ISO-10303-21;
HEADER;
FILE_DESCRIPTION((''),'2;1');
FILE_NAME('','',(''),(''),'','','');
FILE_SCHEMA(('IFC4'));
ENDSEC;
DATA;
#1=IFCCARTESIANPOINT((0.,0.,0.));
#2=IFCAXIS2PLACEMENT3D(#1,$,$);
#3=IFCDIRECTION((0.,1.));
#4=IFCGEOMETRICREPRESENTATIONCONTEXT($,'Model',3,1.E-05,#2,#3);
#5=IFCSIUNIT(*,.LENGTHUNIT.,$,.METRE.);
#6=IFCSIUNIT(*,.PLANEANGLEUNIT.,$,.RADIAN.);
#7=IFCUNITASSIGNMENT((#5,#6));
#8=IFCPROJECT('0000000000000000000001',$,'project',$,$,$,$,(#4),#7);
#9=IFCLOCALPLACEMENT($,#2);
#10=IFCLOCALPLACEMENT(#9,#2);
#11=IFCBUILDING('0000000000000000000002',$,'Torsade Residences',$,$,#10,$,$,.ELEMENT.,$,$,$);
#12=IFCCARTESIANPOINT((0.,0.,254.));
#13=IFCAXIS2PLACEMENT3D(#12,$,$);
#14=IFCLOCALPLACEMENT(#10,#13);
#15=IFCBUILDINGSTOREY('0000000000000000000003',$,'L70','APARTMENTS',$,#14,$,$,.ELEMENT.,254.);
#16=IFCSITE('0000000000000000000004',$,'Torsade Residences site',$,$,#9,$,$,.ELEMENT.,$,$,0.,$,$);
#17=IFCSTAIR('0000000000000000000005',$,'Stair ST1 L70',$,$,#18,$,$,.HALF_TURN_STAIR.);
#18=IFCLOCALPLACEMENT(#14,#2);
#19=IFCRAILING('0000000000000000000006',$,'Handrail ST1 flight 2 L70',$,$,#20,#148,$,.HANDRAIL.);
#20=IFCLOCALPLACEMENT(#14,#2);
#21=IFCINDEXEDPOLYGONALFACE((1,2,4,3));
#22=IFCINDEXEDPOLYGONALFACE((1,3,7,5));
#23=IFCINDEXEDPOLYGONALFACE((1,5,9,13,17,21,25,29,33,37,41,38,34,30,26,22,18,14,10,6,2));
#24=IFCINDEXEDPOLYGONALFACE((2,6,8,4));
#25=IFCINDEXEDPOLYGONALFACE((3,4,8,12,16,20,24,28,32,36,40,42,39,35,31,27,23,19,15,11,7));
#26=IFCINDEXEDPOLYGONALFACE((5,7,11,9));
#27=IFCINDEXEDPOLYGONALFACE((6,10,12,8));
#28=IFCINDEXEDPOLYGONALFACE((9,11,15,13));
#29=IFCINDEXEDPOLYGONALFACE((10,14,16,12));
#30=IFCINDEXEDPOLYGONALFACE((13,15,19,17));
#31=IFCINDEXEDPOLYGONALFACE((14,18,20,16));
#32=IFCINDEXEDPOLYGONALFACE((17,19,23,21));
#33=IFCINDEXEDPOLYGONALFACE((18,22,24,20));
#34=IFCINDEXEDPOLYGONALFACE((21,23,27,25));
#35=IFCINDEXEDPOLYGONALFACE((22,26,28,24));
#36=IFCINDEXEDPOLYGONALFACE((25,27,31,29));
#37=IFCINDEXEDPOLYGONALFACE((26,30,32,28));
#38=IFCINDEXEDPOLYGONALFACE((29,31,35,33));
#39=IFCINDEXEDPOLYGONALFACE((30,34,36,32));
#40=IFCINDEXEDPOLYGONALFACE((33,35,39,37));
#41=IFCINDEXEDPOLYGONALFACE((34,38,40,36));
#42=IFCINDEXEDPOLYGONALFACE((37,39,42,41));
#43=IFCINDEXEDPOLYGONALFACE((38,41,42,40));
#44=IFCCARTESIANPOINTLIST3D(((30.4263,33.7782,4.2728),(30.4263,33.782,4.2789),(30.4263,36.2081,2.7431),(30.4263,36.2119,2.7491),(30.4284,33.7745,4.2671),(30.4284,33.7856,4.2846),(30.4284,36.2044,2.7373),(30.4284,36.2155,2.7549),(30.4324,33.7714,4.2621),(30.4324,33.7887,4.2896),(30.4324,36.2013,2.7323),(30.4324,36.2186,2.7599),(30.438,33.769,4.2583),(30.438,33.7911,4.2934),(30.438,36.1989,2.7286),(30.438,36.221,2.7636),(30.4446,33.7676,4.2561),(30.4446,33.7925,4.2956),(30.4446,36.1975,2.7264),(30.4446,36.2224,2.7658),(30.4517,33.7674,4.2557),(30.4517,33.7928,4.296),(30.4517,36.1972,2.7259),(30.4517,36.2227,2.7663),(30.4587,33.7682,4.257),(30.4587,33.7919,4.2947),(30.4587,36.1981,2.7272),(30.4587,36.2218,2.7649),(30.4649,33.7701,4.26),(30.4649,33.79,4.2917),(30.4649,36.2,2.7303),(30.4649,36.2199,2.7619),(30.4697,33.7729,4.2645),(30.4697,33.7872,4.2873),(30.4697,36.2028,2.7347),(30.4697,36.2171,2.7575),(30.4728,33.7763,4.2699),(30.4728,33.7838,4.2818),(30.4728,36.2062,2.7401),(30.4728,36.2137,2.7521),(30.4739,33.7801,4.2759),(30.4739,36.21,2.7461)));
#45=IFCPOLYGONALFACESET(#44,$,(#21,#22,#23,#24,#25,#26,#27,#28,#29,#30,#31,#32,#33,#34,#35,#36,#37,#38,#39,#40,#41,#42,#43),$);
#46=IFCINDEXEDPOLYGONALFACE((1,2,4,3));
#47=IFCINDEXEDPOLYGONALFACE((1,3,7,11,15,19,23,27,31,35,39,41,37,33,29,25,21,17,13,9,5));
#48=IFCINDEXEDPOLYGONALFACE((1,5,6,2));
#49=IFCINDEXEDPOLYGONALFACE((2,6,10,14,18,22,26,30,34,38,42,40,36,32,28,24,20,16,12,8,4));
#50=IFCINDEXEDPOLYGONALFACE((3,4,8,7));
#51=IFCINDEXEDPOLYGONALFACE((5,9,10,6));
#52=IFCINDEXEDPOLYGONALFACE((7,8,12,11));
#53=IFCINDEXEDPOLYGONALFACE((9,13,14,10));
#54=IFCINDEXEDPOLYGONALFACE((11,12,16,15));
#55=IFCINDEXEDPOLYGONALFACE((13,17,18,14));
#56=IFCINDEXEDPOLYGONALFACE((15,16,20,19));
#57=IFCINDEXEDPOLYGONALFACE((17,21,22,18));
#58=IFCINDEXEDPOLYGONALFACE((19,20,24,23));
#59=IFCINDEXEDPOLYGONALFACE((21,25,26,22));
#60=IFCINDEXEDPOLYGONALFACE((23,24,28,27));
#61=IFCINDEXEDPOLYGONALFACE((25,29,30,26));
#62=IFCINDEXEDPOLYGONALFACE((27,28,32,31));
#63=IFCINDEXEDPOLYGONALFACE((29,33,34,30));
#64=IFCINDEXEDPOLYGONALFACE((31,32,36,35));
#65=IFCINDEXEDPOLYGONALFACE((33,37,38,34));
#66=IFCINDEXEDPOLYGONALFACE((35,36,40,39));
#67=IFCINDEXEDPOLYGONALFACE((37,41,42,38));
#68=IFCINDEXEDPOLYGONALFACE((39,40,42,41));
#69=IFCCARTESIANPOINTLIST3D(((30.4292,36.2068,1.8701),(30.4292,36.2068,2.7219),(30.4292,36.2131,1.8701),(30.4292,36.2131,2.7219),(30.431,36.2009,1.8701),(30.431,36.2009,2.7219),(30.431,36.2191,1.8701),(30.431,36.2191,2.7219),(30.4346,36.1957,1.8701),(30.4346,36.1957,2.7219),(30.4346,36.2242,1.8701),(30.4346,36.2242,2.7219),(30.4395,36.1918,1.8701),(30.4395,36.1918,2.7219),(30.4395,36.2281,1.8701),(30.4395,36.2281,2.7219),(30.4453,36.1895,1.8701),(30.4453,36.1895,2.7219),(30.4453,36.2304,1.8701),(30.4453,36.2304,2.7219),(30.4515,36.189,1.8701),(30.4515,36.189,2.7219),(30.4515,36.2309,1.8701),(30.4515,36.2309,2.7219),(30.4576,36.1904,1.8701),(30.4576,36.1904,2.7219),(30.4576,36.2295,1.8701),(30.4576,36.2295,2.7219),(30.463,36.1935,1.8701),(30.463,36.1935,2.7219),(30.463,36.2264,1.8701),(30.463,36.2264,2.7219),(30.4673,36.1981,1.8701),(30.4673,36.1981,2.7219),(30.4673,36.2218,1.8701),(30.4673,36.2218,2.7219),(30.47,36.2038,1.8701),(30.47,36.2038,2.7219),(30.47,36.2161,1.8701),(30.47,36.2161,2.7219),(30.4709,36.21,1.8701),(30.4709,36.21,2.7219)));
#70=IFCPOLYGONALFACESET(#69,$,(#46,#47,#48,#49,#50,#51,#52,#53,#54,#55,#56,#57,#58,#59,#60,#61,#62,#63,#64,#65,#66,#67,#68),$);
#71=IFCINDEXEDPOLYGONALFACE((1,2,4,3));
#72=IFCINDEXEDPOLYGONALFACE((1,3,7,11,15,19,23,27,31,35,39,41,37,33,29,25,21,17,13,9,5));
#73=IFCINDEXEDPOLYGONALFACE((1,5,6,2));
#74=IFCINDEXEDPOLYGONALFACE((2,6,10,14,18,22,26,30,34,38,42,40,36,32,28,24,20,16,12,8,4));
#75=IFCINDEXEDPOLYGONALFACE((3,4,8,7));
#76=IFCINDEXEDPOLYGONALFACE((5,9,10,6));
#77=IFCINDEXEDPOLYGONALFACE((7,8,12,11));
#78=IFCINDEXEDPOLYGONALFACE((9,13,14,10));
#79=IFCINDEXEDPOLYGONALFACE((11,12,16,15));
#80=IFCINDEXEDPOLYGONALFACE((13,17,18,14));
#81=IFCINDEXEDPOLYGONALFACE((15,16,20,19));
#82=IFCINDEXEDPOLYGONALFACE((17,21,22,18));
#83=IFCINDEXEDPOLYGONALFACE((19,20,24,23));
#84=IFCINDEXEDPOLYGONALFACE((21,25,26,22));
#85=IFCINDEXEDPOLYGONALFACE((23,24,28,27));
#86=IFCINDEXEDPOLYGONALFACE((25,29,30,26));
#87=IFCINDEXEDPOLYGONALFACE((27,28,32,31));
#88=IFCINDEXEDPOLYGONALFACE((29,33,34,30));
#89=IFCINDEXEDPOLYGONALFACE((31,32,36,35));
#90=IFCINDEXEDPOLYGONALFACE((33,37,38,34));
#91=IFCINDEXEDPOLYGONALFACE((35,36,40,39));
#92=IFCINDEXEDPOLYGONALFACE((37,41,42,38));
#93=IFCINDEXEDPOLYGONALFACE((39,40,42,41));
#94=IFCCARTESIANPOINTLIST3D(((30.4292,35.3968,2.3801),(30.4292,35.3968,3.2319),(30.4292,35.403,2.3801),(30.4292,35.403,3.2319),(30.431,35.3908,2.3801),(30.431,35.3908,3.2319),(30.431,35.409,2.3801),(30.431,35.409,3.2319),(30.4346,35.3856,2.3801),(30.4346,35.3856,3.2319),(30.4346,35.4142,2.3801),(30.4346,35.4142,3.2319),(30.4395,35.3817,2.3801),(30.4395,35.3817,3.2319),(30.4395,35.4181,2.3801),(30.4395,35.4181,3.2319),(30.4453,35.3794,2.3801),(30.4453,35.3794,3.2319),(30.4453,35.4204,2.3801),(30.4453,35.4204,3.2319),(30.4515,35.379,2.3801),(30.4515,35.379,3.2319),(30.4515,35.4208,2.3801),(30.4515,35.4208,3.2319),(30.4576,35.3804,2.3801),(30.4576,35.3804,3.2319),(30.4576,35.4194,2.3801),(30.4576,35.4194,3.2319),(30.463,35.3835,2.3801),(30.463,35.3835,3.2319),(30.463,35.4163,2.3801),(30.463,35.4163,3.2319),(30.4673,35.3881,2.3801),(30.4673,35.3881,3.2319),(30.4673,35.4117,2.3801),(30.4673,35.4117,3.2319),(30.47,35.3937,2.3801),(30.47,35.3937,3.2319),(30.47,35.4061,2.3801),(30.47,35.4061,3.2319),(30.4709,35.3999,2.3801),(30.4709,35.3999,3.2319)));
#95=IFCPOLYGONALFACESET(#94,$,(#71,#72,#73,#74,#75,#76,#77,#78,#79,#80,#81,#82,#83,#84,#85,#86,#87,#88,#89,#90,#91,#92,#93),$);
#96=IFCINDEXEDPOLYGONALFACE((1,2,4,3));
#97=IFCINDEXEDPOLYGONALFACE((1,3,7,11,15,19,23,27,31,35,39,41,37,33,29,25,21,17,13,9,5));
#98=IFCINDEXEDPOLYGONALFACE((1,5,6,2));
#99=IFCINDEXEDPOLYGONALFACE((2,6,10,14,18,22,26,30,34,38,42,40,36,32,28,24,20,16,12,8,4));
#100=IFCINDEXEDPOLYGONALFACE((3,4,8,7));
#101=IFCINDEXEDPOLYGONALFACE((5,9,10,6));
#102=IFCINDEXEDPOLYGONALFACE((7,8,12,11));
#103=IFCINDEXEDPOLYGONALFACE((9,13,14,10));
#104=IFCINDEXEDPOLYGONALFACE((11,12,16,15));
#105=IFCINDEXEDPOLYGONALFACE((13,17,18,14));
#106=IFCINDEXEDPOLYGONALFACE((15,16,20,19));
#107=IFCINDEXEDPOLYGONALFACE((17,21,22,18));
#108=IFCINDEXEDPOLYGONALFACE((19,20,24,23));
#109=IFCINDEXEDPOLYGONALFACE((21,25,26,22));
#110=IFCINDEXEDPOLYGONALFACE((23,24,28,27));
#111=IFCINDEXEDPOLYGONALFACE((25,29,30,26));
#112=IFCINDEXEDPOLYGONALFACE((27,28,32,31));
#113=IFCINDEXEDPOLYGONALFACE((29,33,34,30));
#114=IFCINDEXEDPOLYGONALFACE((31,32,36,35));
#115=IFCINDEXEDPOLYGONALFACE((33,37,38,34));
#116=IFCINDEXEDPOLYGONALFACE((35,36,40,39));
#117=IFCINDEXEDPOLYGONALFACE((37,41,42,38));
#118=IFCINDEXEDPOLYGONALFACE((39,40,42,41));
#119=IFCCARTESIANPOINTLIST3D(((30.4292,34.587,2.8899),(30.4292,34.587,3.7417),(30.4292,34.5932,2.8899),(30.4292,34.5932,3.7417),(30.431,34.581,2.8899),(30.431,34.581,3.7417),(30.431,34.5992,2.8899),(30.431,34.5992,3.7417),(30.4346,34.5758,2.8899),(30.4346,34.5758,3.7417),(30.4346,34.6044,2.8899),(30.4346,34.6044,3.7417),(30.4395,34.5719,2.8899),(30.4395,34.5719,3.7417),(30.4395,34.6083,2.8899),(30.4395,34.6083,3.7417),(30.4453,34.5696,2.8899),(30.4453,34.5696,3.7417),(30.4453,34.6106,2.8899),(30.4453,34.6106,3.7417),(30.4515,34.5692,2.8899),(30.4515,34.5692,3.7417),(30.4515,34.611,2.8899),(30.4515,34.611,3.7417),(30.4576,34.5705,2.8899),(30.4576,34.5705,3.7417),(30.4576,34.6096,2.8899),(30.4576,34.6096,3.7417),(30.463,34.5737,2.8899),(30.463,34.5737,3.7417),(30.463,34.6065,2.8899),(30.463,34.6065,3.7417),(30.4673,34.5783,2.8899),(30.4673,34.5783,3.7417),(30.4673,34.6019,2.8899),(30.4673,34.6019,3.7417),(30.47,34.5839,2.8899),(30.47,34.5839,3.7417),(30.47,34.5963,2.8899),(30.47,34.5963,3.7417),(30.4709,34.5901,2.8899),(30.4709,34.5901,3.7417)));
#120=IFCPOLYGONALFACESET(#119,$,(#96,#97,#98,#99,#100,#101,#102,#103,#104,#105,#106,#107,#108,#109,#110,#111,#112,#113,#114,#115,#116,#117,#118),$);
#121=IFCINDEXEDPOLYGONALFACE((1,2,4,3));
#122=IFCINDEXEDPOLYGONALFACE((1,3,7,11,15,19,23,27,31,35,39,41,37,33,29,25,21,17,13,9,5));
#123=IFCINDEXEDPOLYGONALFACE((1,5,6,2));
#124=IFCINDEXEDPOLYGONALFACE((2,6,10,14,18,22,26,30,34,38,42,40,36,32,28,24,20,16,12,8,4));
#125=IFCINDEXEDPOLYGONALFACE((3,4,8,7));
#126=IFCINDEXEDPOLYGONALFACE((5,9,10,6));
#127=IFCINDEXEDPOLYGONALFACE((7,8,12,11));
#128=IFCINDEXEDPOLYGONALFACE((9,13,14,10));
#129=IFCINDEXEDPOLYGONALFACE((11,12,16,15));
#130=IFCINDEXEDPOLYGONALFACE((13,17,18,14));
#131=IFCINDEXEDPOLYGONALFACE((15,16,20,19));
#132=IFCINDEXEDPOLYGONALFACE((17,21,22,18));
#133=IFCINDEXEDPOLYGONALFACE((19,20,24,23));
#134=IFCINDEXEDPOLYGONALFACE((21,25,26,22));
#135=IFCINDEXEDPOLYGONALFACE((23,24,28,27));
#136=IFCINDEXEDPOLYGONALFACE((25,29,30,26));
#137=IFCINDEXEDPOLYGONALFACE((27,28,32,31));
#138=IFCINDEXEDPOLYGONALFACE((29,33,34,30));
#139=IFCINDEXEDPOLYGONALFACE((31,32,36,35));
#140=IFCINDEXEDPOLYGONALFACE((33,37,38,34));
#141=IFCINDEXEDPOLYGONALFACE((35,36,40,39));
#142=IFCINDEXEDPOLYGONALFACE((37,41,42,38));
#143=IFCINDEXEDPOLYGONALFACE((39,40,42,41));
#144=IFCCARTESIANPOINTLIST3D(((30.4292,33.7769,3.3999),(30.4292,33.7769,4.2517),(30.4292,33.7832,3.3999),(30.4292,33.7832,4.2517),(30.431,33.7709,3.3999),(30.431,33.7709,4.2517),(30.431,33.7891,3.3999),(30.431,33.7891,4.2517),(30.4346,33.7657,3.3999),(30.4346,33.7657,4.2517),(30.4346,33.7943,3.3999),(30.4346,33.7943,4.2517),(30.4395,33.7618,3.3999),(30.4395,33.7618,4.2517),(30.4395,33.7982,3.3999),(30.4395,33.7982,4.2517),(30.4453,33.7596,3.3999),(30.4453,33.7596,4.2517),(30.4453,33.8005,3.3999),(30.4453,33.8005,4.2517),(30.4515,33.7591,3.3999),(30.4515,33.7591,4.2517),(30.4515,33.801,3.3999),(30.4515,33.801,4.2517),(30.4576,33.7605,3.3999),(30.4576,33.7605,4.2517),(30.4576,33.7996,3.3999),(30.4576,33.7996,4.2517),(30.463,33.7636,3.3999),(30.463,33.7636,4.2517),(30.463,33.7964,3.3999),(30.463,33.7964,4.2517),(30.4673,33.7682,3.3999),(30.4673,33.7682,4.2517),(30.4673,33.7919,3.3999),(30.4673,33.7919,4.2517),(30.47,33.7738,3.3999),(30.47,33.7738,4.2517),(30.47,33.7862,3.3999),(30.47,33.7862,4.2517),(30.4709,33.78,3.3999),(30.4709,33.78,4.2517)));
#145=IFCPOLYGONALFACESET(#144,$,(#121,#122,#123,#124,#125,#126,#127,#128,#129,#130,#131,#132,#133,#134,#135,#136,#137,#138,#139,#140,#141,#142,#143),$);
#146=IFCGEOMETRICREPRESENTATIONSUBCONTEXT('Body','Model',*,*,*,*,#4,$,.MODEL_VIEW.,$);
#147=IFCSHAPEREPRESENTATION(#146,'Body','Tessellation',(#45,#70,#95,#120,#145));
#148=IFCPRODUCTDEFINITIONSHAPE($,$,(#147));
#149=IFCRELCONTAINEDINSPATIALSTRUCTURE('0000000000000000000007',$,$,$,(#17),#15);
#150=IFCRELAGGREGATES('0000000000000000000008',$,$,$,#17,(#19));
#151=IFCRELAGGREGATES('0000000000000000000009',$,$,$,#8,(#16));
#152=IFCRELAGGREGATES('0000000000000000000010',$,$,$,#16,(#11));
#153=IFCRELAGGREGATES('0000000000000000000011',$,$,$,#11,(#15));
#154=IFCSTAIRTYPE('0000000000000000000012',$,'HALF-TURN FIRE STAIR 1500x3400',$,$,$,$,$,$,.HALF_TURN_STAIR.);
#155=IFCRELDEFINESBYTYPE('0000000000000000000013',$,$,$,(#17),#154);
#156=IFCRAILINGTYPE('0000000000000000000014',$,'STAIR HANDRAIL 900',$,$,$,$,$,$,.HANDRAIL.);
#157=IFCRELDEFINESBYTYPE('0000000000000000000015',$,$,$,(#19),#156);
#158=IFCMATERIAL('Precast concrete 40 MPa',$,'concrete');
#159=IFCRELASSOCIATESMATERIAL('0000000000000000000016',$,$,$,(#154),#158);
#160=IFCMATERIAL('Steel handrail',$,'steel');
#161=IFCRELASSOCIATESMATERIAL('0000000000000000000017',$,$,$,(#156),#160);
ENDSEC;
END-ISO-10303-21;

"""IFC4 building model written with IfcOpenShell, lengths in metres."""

from ifc_helpers import new_model, si_unit, direction, frame, origin, origin_2d, place, context, subcontext, project, spatial, circle, extrude, material, type_object, element, aggregate, save


model = new_model("IFC4")

# Units and contexts
model_context = context("Model", 3, precision=1e-05, world=origin(), true_north=direction((0.0, 1.0)))
body_context = subcontext(model_context, "Body", "Model", "MODEL_VIEW")
ifc_project = project(units=[si_unit("LENGTHUNIT", "METRE"), si_unit("PLANEANGLEUNIT", "RADIAN")], contexts=[model_context])

# Site, building, storey
site_placement = place(None, origin())
site = spatial("IfcSite", under=ifc_project, at=site_placement, Name="Torsade Residences site", CompositionType="ELEMENT", RefElevation=0.0)
building_placement = place(site_placement, origin())
building = spatial("IfcBuilding", under=site, at=building_placement, Name="Torsade Residences", CompositionType="ELEMENT")
storey_placement = place(building_placement, frame((0.0, 0.0, 254.0)))
storey = spatial("IfcBuildingStorey", under=building, at=storey_placement, Name="L70", Description="APARTMENTS", CompositionType="ELEMENT", Elevation=254.0)

# Stair, railing
ifc_material_1 = material(Name="Precast concrete 40 MPa", Category="concrete")
stair_type = type_object("IfcStairType", Name="HALF-TURN FIRE STAIR 1500x3400", PredefinedType="HALF_TURN_STAIR", material=ifc_material_1)
stair_placement = place(storey_placement, origin())
stair = element("IfcStair", 1, at=stair_placement, inside=storey, type_object=stair_type, Name="Stair ST1 L70", PredefinedType="HALF_TURN_STAIR")
ifc_material_2 = material(Name="Steel handrail", Category="steel")
railing_type = type_object("IfcRailingType", Name="STAIR HANDRAIL 900", PredefinedType="HANDRAIL", material=ifc_material_2)
railing_1_placement = place(storey_placement, frame((30.45, 36.21, 1.8701)))
railing_1 = element("IfcRailing", 2, at=railing_1_placement, type_object=railing_type, Name="Handrail ST1 flight 2 L70", PredefinedType="HANDRAIL", context=body_context, shape_type="SweptSolid", body=[
    extrude(circle(Radius=0.0239, at=origin_2d()), frame((0.0, 0.0, 0.876), z_axis=(0.0, -0.84626, 0.53277), x_axis=(1.0, 0.0, 0.0)), (0.0, 0.0, 1.0), 2.8713),
    extrude(circle(Radius=0.021, at=origin_2d()), origin(), (0.0, 0.0, 1.0), 0.8518),
    extrude(circle(Radius=0.021, at=origin_2d()), frame((0.0, -0.8101, 0.51)), (0.0, 0.0, 1.0), 0.8518),
    extrude(circle(Radius=0.021, at=origin_2d()), frame((0.0, -1.6199, 1.0198)), (0.0, 0.0, 1.0), 0.8518),
    extrude(circle(Radius=0.021, at=origin_2d()), frame((0.0, -2.4299, 1.5298)), (0.0, 0.0, 1.0), 0.8518),
])
aggregate(stair, [railing_1])

save(model, "model.ifc")
